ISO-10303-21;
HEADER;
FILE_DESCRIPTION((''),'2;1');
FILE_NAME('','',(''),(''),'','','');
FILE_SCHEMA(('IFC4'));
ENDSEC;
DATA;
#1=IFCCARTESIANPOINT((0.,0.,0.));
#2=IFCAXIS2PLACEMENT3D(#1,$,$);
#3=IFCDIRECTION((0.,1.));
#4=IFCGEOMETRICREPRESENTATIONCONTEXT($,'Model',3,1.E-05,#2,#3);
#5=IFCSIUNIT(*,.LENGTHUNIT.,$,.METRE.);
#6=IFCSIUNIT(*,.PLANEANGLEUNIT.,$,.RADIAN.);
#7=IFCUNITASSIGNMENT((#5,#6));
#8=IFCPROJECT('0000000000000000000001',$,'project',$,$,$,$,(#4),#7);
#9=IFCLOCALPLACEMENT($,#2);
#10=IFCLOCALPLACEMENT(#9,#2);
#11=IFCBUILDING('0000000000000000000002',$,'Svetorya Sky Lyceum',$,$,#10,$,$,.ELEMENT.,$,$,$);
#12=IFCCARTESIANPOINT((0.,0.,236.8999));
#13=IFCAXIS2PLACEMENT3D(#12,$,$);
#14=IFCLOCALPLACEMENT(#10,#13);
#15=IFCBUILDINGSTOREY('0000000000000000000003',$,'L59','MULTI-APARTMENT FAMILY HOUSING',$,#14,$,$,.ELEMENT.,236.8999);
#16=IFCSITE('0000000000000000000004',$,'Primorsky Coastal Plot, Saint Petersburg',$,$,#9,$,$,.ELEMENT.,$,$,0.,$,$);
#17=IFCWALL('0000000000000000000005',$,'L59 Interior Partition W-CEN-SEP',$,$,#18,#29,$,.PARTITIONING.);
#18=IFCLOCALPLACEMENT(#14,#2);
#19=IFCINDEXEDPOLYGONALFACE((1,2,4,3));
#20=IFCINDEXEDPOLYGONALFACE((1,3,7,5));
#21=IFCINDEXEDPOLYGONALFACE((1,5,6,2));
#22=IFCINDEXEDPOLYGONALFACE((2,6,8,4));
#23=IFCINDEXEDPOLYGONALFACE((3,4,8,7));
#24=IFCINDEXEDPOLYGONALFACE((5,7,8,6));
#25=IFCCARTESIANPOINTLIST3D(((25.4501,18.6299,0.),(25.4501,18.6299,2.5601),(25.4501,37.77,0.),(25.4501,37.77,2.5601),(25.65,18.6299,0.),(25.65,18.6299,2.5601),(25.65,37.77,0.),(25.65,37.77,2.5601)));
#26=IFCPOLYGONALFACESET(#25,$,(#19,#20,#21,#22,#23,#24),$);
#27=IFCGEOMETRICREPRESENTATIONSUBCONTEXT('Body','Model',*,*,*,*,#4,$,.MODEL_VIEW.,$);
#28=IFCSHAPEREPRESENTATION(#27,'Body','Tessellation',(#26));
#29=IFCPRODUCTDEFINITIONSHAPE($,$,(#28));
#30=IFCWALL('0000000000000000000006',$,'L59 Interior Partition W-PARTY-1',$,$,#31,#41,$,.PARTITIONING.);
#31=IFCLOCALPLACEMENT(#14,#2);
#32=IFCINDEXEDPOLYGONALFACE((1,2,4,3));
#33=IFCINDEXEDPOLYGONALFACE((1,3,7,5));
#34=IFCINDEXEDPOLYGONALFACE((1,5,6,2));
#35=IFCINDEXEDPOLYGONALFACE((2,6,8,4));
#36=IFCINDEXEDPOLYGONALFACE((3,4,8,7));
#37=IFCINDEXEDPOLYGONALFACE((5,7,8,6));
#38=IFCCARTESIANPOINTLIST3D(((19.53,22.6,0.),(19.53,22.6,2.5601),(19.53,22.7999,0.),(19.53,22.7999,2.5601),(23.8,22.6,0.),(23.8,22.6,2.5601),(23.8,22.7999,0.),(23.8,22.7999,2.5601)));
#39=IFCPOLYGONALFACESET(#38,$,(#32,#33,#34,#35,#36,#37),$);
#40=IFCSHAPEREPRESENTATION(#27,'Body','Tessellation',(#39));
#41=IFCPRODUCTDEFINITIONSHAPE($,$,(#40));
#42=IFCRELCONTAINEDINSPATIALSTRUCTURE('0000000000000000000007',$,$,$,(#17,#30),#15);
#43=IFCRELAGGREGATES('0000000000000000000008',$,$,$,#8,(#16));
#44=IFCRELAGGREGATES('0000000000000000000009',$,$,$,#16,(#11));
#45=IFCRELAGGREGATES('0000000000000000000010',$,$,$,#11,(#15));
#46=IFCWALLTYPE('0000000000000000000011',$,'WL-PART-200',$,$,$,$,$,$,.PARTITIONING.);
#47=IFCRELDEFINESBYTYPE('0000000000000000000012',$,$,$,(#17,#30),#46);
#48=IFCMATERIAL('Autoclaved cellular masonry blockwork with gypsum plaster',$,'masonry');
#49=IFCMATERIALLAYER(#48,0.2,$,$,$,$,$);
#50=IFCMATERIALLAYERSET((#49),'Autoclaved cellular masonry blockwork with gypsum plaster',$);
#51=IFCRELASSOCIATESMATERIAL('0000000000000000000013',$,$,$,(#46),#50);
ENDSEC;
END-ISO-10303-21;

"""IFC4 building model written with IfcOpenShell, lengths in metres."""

from ifc_helpers import new_model, si_unit, direction, frame, frame_2d, origin, place, context, subcontext, project, spatial, rectangle, extrude, material, layer, layer_set, type_object, element, save


model = new_model("IFC4")

# Units and contexts
model_context = context("Model", 3, precision=1e-05, world=origin(), true_north=direction((0.0, 1.0)))
body_context = subcontext(model_context, "Body", "Model", "MODEL_VIEW")
ifc_project = project(units=[si_unit("LENGTHUNIT", "METRE"), si_unit("PLANEANGLEUNIT", "RADIAN")], contexts=[model_context])

# Site, building, storey
site_placement = place(None, origin())
site = spatial("IfcSite", under=ifc_project, at=site_placement, Name="Primorsky Coastal Plot, Saint Petersburg", CompositionType="ELEMENT", RefElevation=0.0)
building_placement = place(site_placement, origin())
building = spatial("IfcBuilding", under=site, at=building_placement, Name="Svetorya Sky Lyceum", CompositionType="ELEMENT")
storey_placement = place(building_placement, frame((0.0, 0.0, 236.8999)))
storey = spatial("IfcBuildingStorey", under=building, at=storey_placement, Name="L59", Description="MULTI-APARTMENT FAMILY HOUSING", CompositionType="ELEMENT", Elevation=236.8999)

# Walls
ifc_material_1 = material(Name="Autoclaved cellular masonry blockwork with gypsum plaster", Category="masonry")
ifc_layer_1 = layer(ifc_material_1, 0.2)
ifc_layer_set_1 = layer_set([ifc_layer_1], Name="Autoclaved cellular masonry blockwork with gypsum plaster")
wall_type_1 = type_object("IfcWallType", Name="WL-PART-200", PredefinedType="PARTITIONING", material=ifc_layer_set_1)
wall_1_placement = place(storey_placement, frame((25.55, 18.6299, 0.0), z_axis=(0.0, 0.0, 1.0), x_axis=(0.0, 1.0, 0.0)))
element("IfcWall", 1, at=wall_1_placement, inside=storey, type_object=wall_type_1, Name="L59 Interior Partition W-CEN-SEP", PredefinedType="PARTITIONING", context=body_context, shape_type="SweptSolid", body=[
    extrude(rectangle(XDim=19.1401, YDim=0.2, at=frame_2d((9.5701, 0.0))), origin(), (0.0, 0.0, 1.0), 2.5601),
])
wall_2_placement = place(storey_placement, frame((19.53, 22.7, 0.0), z_axis=(0.0, 0.0, 1.0), x_axis=(1.0, 0.0, 0.0)))
element("IfcWall", 2, at=wall_2_placement, inside=storey, type_object=wall_type_1, Name="L59 Interior Partition W-PARTY-1", PredefinedType="PARTITIONING", context=body_context, shape_type="SweptSolid", body=[
    extrude(rectangle(XDim=4.27, YDim=0.2, at=frame_2d((2.135, 0.0))), origin(), (0.0, 0.0, 1.0), 2.5601),
])

save(model, "model.ifc")
